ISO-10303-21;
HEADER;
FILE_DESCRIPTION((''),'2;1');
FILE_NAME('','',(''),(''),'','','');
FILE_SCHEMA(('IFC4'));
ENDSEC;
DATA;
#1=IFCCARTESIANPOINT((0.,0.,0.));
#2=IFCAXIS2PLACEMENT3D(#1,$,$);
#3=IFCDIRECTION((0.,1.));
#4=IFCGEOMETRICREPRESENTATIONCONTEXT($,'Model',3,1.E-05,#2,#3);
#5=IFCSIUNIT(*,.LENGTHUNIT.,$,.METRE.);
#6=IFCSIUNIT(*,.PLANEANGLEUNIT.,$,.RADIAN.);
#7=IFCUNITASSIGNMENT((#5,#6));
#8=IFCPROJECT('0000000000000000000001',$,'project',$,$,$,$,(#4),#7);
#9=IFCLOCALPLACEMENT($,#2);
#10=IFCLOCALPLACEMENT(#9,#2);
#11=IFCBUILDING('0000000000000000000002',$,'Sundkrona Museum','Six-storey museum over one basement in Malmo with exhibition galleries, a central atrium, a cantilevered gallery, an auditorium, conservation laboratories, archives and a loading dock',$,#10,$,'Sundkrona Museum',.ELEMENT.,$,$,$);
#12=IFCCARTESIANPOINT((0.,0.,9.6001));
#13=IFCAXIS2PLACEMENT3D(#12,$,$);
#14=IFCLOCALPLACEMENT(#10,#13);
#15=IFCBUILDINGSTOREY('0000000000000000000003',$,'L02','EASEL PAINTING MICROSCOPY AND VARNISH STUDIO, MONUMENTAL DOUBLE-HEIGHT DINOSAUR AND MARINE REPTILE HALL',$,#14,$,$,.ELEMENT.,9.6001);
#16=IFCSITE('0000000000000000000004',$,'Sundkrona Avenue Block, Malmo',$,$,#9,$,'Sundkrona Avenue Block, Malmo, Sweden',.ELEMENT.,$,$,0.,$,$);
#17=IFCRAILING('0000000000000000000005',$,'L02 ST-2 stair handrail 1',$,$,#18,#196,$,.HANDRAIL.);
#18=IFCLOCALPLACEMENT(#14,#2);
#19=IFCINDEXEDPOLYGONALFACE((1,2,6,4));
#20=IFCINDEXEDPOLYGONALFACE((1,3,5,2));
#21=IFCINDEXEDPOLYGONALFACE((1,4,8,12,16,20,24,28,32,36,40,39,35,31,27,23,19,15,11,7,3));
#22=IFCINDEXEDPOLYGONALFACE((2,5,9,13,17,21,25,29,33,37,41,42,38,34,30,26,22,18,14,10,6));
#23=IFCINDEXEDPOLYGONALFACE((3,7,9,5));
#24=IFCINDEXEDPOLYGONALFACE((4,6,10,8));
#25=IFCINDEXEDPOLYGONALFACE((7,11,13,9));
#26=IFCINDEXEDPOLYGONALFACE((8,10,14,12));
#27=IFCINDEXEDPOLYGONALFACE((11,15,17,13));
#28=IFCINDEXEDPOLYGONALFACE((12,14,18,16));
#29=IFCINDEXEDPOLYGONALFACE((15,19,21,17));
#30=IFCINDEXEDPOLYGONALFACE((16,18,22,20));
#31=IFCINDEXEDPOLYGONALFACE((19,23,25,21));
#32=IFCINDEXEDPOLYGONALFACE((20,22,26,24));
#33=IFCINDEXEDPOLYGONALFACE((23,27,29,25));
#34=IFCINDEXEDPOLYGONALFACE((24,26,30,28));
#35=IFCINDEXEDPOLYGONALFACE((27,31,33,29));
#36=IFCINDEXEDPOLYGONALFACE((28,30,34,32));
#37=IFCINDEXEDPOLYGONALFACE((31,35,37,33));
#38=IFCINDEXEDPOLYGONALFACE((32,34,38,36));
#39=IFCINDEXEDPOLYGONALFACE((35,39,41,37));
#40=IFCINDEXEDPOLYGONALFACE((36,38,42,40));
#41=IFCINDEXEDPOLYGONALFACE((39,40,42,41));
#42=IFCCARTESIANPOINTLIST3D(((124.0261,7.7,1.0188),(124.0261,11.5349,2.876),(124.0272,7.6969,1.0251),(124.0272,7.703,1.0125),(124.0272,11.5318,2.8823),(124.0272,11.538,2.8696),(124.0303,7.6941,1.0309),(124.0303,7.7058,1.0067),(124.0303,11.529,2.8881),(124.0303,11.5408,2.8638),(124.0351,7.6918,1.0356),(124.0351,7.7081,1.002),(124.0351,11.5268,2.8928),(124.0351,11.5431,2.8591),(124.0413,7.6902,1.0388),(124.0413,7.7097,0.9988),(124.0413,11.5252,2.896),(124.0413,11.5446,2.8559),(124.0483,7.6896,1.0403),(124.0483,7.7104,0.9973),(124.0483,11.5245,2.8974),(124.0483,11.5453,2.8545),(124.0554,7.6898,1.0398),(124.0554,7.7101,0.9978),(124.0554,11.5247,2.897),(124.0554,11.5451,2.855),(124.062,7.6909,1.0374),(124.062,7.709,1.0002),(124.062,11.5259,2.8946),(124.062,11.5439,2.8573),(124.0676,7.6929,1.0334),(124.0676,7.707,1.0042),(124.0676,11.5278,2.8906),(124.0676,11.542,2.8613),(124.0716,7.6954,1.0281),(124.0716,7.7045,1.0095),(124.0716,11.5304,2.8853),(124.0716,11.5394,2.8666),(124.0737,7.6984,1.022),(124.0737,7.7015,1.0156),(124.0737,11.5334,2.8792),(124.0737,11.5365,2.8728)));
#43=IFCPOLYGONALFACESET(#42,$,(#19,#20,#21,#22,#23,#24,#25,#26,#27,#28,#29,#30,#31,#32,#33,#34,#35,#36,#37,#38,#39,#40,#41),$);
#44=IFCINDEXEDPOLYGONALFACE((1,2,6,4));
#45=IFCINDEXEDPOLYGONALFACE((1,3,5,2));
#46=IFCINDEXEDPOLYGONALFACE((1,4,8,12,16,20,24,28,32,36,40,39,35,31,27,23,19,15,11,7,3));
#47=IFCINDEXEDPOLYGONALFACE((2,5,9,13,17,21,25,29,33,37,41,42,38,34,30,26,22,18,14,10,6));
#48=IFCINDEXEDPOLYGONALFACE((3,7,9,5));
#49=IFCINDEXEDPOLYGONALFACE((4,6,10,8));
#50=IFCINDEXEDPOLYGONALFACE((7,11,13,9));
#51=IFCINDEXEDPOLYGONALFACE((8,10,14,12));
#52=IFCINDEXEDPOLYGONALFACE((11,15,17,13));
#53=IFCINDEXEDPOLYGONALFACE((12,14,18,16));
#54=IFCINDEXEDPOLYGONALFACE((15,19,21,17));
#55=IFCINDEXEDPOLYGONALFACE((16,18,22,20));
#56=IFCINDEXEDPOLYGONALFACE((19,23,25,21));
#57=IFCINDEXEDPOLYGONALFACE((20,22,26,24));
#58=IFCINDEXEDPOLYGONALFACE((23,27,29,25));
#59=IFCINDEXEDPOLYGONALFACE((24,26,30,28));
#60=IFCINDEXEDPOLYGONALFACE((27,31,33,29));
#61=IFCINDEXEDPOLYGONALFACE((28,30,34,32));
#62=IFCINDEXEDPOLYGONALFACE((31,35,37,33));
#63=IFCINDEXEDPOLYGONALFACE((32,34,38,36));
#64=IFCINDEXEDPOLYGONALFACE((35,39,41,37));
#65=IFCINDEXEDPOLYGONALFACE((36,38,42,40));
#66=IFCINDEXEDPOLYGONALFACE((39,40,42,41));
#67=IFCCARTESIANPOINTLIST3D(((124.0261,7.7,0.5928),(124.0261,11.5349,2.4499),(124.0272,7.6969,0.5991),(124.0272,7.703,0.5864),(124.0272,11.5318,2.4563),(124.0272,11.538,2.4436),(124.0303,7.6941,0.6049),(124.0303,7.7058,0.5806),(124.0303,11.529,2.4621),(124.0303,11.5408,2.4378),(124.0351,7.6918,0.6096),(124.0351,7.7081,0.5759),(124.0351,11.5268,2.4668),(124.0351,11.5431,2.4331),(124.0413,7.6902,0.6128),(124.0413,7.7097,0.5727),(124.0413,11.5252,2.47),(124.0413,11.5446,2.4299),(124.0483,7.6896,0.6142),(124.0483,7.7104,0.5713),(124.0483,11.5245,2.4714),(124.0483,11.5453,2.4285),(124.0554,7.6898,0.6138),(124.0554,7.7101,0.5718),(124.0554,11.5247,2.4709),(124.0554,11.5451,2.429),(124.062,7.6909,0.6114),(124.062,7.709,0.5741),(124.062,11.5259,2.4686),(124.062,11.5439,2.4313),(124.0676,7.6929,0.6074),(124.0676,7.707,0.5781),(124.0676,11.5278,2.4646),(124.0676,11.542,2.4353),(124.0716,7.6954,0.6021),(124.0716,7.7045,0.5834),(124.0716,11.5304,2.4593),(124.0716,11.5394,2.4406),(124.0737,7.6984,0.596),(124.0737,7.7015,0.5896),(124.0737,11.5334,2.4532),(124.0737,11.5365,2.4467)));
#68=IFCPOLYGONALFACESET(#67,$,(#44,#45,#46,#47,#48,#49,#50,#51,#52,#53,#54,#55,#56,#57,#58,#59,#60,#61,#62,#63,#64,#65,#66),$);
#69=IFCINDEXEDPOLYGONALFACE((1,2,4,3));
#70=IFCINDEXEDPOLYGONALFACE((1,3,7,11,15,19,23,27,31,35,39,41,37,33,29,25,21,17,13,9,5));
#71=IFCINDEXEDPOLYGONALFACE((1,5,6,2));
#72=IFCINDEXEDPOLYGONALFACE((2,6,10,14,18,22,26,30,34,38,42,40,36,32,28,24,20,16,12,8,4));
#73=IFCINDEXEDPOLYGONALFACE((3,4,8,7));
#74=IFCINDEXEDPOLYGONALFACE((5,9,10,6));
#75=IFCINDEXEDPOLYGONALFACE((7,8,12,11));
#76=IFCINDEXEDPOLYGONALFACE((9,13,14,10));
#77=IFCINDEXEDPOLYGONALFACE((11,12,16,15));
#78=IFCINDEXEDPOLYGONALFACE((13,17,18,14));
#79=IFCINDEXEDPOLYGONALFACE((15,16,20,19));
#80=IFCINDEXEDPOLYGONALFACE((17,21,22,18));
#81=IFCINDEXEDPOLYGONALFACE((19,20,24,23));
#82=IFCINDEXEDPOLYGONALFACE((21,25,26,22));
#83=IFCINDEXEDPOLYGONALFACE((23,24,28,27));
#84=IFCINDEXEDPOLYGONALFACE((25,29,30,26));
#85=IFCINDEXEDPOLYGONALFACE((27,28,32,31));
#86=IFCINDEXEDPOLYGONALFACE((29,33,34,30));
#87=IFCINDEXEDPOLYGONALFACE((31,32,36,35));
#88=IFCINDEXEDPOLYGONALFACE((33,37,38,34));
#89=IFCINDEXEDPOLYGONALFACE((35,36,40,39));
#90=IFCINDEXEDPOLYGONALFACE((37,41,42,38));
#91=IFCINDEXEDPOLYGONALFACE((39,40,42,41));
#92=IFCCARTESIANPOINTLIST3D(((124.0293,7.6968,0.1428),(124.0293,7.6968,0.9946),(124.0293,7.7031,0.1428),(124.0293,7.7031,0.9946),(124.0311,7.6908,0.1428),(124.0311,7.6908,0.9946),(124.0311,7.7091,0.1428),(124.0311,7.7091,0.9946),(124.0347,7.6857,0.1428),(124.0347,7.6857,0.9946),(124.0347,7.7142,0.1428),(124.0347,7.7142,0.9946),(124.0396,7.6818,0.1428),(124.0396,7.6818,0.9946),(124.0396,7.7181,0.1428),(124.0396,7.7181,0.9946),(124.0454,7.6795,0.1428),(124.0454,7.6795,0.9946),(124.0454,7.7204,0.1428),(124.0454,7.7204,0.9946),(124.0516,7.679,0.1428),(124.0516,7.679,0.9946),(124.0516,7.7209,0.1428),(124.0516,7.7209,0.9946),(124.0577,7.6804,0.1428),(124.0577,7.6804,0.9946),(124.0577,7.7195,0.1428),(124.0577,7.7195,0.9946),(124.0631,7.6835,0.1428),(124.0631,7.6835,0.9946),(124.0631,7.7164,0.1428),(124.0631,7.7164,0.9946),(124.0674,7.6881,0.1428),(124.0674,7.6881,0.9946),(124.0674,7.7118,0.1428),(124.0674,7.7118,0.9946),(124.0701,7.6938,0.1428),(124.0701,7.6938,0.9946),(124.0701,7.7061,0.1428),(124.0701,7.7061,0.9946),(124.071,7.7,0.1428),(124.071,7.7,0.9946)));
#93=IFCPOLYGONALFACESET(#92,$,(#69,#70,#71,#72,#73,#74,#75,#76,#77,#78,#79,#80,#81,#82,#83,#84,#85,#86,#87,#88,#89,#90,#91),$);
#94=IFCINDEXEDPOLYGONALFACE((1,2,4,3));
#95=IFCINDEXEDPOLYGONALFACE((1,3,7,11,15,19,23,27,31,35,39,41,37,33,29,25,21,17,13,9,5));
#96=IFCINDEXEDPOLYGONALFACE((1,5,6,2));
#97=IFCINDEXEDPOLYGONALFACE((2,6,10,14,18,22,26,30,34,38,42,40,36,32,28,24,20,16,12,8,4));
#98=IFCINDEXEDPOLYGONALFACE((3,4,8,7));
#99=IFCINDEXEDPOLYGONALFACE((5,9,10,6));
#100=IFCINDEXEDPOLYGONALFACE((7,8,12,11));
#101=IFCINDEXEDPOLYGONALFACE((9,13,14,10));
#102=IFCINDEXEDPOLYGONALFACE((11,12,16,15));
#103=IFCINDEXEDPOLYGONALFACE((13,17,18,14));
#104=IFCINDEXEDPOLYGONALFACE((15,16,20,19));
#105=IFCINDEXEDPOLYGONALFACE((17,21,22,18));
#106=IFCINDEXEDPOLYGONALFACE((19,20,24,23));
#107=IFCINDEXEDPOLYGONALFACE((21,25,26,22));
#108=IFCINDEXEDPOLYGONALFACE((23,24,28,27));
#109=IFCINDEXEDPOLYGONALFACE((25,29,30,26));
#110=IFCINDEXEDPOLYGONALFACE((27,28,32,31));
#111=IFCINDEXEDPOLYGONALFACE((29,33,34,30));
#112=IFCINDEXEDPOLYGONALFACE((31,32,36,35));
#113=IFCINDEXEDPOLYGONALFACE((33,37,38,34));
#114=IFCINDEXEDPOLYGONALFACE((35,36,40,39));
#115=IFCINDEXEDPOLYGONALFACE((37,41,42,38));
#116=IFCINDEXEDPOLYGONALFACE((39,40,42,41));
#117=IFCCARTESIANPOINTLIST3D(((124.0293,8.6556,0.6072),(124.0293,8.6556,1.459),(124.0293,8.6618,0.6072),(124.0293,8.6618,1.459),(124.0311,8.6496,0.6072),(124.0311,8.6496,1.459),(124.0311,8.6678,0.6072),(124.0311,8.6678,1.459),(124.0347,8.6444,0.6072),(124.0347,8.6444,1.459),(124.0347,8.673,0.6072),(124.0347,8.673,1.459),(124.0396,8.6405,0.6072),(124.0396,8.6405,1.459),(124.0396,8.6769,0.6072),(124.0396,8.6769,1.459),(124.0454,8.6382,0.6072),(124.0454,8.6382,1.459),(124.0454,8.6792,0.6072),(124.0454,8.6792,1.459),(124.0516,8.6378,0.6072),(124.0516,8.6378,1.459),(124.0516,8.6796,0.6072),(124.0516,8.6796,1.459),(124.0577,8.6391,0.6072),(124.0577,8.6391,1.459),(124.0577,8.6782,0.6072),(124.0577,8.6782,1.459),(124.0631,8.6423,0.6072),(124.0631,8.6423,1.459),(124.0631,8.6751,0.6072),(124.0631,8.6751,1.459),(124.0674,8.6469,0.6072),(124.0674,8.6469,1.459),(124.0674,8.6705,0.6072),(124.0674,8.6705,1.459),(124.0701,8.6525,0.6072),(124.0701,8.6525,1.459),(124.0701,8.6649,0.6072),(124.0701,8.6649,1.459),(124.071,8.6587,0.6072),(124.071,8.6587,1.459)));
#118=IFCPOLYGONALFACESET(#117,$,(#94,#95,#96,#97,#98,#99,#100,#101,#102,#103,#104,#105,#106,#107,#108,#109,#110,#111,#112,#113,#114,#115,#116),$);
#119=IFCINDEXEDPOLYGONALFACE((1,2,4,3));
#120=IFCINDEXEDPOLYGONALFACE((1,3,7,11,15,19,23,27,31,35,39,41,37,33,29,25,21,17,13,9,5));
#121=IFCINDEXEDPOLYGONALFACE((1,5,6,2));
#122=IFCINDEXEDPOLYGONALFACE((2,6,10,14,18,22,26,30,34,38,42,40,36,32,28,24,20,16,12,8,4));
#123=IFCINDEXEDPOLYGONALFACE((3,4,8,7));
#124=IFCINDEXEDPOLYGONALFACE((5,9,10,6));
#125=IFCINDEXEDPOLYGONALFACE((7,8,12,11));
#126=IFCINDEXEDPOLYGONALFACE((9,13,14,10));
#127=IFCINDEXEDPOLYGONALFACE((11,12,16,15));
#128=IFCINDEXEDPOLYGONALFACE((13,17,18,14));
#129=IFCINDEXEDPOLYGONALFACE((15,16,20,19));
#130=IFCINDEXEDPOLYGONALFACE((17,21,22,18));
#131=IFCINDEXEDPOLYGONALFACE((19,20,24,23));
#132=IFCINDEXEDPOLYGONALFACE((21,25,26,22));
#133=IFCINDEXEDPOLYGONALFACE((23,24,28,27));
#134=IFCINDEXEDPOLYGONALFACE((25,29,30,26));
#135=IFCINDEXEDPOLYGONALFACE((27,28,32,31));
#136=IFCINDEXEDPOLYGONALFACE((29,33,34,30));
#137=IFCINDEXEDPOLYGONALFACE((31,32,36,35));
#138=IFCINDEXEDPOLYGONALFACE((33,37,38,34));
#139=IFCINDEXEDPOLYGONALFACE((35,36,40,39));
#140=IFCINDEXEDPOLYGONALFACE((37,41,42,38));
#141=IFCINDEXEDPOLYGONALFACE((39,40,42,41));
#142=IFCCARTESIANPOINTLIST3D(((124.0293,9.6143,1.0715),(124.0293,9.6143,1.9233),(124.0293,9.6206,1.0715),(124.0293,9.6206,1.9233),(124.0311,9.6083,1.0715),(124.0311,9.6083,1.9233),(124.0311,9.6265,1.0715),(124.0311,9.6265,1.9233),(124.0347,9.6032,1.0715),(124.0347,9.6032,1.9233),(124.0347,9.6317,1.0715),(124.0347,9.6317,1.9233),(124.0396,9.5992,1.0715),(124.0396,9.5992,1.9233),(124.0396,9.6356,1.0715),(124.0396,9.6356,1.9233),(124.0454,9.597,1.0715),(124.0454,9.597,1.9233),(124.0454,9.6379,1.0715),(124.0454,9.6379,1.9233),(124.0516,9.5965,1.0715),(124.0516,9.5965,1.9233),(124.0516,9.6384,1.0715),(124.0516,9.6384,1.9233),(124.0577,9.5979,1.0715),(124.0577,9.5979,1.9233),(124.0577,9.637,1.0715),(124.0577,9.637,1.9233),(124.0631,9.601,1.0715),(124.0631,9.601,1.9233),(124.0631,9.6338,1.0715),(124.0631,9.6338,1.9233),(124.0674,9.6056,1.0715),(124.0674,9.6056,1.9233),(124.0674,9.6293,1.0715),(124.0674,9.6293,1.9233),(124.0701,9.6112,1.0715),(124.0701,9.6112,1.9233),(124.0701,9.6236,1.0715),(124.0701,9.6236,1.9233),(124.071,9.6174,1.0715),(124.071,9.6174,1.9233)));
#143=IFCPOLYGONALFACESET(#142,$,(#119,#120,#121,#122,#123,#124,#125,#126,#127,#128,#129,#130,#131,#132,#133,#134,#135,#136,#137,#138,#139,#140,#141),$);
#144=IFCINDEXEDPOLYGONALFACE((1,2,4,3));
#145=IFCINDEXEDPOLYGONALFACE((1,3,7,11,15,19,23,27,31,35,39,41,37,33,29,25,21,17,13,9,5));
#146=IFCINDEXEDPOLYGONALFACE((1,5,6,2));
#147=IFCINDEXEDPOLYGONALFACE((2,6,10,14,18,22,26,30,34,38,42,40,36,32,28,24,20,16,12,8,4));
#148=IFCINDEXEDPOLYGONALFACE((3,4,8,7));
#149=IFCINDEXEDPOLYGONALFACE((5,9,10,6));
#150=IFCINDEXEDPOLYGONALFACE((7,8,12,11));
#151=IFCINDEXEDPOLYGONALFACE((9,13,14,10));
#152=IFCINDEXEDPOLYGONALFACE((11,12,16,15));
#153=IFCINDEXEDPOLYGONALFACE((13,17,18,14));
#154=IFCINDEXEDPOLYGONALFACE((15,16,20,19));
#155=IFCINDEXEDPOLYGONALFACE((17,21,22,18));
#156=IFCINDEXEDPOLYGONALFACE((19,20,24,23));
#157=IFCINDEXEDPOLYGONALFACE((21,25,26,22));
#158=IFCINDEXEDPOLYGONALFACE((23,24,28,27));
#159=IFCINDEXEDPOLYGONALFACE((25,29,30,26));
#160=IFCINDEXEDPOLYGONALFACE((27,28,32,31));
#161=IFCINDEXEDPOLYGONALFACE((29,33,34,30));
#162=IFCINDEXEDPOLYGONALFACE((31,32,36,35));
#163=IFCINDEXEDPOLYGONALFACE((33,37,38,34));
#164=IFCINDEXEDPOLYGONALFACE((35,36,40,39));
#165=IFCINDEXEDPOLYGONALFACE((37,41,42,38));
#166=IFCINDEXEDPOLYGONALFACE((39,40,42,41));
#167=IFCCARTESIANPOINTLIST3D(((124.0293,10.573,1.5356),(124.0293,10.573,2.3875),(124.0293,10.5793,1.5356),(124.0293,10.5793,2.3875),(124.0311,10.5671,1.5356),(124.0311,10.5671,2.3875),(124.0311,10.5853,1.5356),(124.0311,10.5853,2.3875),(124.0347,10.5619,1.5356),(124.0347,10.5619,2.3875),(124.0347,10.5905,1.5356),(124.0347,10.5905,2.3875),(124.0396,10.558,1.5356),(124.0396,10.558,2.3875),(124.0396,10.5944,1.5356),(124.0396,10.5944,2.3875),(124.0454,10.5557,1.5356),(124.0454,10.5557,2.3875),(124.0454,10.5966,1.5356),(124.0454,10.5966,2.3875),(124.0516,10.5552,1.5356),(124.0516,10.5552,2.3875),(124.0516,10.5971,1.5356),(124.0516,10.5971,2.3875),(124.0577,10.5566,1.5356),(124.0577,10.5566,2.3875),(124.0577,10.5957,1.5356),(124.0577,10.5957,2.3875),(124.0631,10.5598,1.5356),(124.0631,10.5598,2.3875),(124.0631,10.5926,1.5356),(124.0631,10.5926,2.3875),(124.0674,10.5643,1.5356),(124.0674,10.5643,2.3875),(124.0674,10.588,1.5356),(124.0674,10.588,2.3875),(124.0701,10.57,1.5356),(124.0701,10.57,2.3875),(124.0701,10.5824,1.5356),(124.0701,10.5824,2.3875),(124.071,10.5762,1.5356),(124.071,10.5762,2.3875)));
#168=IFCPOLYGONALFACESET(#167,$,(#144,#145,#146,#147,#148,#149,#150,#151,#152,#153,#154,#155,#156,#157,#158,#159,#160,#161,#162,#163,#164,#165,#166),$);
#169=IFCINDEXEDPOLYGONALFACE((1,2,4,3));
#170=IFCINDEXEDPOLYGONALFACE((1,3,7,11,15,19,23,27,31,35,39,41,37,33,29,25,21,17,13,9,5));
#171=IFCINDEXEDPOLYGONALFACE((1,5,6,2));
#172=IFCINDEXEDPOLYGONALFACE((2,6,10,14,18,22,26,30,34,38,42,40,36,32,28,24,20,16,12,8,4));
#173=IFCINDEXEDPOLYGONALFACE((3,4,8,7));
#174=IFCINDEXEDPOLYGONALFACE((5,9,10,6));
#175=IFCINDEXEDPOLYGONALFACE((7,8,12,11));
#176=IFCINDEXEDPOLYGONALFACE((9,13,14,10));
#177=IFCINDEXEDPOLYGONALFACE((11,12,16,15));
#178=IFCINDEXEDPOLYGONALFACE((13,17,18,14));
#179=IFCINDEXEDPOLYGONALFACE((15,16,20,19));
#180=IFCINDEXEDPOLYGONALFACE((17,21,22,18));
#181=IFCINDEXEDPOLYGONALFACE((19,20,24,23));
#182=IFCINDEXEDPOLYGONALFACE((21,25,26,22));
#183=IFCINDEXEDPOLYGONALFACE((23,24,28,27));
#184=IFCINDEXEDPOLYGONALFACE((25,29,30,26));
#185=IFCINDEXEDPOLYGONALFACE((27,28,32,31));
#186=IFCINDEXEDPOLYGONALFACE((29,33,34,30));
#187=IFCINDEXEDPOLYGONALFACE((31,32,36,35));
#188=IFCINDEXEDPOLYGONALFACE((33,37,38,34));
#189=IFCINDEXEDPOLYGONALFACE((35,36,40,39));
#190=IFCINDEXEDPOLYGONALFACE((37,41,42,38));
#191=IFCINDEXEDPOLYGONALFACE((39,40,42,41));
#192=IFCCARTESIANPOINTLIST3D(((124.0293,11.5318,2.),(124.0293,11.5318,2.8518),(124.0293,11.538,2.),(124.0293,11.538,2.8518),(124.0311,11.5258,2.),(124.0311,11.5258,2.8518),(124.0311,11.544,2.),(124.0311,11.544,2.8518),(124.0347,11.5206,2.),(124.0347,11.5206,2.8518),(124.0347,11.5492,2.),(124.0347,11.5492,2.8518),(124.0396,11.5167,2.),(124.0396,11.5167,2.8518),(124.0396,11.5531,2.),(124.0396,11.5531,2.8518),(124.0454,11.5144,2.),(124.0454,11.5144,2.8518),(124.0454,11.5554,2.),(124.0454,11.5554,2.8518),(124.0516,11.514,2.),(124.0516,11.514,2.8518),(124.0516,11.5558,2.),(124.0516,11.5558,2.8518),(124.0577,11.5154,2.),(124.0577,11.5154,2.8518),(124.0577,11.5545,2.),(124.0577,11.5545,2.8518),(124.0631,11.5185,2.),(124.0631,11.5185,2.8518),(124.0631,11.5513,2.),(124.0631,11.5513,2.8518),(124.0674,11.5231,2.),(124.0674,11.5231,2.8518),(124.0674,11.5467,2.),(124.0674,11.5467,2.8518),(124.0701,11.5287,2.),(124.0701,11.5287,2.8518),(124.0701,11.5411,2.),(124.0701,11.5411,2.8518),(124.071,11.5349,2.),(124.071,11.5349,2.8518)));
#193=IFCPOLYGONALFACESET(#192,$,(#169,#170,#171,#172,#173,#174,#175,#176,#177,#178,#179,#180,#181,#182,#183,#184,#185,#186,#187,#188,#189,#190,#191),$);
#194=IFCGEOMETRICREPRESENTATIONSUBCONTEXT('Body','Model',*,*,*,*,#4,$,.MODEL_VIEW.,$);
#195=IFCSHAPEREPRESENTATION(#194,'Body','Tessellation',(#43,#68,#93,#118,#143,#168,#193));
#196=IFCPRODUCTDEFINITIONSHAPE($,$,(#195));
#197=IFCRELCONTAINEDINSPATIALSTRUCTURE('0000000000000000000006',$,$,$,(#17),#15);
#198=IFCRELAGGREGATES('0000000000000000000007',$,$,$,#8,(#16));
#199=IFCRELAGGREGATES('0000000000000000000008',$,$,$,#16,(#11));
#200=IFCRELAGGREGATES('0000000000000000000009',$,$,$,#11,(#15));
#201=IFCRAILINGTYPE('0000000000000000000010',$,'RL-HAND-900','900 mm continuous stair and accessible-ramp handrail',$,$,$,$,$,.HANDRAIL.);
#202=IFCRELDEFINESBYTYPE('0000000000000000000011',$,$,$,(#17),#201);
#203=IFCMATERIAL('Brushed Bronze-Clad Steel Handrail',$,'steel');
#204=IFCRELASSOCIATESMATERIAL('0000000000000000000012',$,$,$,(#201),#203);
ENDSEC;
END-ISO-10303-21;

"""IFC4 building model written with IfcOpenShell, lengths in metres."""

from ifc_helpers import new_model, si_unit, direction, frame, origin, origin_2d, place, context, subcontext, project, spatial, circle, extrude, material, type_object, element, save


model = new_model("IFC4")

# Units and contexts
model_context = context("Model", 3, precision=1e-05, world=origin(), true_north=direction((0.0, 1.0)))
body_context = subcontext(model_context, "Body", "Model", "MODEL_VIEW")
ifc_project = project(units=[si_unit("LENGTHUNIT", "METRE"), si_unit("PLANEANGLEUNIT", "RADIAN")], contexts=[model_context])

# Site, building, storey
site_placement = place(None, origin())
site = spatial("IfcSite", under=ifc_project, at=site_placement, Name="Sundkrona Avenue Block, Malmo", LongName="Sundkrona Avenue Block, Malmo, Sweden", CompositionType="ELEMENT", RefElevation=0.0)
building_placement = place(site_placement, origin())
building = spatial("IfcBuilding", under=site, at=building_placement, Name="Sundkrona Museum", Description="Six-storey museum over one basement in Malmo with exhibition galleries, a central atrium, a cantilevered gallery, an auditorium, conservation laboratories, archives and a loading dock", LongName="Sundkrona Museum", CompositionType="ELEMENT")
storey_placement = place(building_placement, frame((0.0, 0.0, 9.6001)))
storey = spatial("IfcBuildingStorey", under=building, at=storey_placement, Name="L02", Description="EASEL PAINTING MICROSCOPY AND VARNISH STUDIO, MONUMENTAL DOUBLE-HEIGHT DINOSAUR AND MARINE REPTILE HALL", CompositionType="ELEMENT", Elevation=9.6001)

# Railing
ifc_material_1 = material(Name="Brushed Bronze-Clad Steel Handrail", Category="steel")
railing_type_1 = type_object("IfcRailingType", Name="RL-HAND-900", Description="900 mm continuous stair and accessible-ramp handrail", PredefinedType="HANDRAIL", material=ifc_material_1)
for number, where, name in (
    (1, (124.05, 7.7, 0.1428), "L02 ST-2 stair handrail 1"),
):
    element("IfcRailing", number, at=place(storey_placement, frame(where)), inside=storey, type_object=railing_type_1, Name=name, PredefinedType="HANDRAIL", context=body_context, shape_type="SweptSolid", body=[
        extrude(circle(Radius=0.0239, at=origin_2d()), frame((0.0, 0.0, 0.876), z_axis=(0.0, 0.900016, 0.435856), x_axis=(-1.0, 0.0, 0.0)), (0.0, 0.0, 1.0), 4.261),
        extrude(circle(Radius=0.0239, at=origin_2d()), frame((0.0, 0.0, 0.45), z_axis=(0.0, 0.900016, 0.435856), x_axis=(-1.0, 0.0, 0.0)), (0.0, 0.0, 1.0), 4.261),
        extrude(circle(Radius=0.021, at=origin_2d()), origin(), (0.0, 0.0, 1.0), 0.8518),
        extrude(circle(Radius=0.021, at=origin_2d()), frame((0.0, 0.9587, 0.4644)), (0.0, 0.0, 1.0), 0.8518),
        extrude(circle(Radius=0.021, at=origin_2d()), frame((0.0, 1.9175, 0.9287)), (0.0, 0.0, 1.0), 0.8518),
        extrude(circle(Radius=0.021, at=origin_2d()), frame((0.0, 2.8762, 1.3928)), (0.0, 0.0, 1.0), 0.8518),
        extrude(circle(Radius=0.021, at=origin_2d()), frame((0.0, 3.835, 1.8572)), (0.0, 0.0, 1.0), 0.8518),
    ])

save(model, "model.ifc")
